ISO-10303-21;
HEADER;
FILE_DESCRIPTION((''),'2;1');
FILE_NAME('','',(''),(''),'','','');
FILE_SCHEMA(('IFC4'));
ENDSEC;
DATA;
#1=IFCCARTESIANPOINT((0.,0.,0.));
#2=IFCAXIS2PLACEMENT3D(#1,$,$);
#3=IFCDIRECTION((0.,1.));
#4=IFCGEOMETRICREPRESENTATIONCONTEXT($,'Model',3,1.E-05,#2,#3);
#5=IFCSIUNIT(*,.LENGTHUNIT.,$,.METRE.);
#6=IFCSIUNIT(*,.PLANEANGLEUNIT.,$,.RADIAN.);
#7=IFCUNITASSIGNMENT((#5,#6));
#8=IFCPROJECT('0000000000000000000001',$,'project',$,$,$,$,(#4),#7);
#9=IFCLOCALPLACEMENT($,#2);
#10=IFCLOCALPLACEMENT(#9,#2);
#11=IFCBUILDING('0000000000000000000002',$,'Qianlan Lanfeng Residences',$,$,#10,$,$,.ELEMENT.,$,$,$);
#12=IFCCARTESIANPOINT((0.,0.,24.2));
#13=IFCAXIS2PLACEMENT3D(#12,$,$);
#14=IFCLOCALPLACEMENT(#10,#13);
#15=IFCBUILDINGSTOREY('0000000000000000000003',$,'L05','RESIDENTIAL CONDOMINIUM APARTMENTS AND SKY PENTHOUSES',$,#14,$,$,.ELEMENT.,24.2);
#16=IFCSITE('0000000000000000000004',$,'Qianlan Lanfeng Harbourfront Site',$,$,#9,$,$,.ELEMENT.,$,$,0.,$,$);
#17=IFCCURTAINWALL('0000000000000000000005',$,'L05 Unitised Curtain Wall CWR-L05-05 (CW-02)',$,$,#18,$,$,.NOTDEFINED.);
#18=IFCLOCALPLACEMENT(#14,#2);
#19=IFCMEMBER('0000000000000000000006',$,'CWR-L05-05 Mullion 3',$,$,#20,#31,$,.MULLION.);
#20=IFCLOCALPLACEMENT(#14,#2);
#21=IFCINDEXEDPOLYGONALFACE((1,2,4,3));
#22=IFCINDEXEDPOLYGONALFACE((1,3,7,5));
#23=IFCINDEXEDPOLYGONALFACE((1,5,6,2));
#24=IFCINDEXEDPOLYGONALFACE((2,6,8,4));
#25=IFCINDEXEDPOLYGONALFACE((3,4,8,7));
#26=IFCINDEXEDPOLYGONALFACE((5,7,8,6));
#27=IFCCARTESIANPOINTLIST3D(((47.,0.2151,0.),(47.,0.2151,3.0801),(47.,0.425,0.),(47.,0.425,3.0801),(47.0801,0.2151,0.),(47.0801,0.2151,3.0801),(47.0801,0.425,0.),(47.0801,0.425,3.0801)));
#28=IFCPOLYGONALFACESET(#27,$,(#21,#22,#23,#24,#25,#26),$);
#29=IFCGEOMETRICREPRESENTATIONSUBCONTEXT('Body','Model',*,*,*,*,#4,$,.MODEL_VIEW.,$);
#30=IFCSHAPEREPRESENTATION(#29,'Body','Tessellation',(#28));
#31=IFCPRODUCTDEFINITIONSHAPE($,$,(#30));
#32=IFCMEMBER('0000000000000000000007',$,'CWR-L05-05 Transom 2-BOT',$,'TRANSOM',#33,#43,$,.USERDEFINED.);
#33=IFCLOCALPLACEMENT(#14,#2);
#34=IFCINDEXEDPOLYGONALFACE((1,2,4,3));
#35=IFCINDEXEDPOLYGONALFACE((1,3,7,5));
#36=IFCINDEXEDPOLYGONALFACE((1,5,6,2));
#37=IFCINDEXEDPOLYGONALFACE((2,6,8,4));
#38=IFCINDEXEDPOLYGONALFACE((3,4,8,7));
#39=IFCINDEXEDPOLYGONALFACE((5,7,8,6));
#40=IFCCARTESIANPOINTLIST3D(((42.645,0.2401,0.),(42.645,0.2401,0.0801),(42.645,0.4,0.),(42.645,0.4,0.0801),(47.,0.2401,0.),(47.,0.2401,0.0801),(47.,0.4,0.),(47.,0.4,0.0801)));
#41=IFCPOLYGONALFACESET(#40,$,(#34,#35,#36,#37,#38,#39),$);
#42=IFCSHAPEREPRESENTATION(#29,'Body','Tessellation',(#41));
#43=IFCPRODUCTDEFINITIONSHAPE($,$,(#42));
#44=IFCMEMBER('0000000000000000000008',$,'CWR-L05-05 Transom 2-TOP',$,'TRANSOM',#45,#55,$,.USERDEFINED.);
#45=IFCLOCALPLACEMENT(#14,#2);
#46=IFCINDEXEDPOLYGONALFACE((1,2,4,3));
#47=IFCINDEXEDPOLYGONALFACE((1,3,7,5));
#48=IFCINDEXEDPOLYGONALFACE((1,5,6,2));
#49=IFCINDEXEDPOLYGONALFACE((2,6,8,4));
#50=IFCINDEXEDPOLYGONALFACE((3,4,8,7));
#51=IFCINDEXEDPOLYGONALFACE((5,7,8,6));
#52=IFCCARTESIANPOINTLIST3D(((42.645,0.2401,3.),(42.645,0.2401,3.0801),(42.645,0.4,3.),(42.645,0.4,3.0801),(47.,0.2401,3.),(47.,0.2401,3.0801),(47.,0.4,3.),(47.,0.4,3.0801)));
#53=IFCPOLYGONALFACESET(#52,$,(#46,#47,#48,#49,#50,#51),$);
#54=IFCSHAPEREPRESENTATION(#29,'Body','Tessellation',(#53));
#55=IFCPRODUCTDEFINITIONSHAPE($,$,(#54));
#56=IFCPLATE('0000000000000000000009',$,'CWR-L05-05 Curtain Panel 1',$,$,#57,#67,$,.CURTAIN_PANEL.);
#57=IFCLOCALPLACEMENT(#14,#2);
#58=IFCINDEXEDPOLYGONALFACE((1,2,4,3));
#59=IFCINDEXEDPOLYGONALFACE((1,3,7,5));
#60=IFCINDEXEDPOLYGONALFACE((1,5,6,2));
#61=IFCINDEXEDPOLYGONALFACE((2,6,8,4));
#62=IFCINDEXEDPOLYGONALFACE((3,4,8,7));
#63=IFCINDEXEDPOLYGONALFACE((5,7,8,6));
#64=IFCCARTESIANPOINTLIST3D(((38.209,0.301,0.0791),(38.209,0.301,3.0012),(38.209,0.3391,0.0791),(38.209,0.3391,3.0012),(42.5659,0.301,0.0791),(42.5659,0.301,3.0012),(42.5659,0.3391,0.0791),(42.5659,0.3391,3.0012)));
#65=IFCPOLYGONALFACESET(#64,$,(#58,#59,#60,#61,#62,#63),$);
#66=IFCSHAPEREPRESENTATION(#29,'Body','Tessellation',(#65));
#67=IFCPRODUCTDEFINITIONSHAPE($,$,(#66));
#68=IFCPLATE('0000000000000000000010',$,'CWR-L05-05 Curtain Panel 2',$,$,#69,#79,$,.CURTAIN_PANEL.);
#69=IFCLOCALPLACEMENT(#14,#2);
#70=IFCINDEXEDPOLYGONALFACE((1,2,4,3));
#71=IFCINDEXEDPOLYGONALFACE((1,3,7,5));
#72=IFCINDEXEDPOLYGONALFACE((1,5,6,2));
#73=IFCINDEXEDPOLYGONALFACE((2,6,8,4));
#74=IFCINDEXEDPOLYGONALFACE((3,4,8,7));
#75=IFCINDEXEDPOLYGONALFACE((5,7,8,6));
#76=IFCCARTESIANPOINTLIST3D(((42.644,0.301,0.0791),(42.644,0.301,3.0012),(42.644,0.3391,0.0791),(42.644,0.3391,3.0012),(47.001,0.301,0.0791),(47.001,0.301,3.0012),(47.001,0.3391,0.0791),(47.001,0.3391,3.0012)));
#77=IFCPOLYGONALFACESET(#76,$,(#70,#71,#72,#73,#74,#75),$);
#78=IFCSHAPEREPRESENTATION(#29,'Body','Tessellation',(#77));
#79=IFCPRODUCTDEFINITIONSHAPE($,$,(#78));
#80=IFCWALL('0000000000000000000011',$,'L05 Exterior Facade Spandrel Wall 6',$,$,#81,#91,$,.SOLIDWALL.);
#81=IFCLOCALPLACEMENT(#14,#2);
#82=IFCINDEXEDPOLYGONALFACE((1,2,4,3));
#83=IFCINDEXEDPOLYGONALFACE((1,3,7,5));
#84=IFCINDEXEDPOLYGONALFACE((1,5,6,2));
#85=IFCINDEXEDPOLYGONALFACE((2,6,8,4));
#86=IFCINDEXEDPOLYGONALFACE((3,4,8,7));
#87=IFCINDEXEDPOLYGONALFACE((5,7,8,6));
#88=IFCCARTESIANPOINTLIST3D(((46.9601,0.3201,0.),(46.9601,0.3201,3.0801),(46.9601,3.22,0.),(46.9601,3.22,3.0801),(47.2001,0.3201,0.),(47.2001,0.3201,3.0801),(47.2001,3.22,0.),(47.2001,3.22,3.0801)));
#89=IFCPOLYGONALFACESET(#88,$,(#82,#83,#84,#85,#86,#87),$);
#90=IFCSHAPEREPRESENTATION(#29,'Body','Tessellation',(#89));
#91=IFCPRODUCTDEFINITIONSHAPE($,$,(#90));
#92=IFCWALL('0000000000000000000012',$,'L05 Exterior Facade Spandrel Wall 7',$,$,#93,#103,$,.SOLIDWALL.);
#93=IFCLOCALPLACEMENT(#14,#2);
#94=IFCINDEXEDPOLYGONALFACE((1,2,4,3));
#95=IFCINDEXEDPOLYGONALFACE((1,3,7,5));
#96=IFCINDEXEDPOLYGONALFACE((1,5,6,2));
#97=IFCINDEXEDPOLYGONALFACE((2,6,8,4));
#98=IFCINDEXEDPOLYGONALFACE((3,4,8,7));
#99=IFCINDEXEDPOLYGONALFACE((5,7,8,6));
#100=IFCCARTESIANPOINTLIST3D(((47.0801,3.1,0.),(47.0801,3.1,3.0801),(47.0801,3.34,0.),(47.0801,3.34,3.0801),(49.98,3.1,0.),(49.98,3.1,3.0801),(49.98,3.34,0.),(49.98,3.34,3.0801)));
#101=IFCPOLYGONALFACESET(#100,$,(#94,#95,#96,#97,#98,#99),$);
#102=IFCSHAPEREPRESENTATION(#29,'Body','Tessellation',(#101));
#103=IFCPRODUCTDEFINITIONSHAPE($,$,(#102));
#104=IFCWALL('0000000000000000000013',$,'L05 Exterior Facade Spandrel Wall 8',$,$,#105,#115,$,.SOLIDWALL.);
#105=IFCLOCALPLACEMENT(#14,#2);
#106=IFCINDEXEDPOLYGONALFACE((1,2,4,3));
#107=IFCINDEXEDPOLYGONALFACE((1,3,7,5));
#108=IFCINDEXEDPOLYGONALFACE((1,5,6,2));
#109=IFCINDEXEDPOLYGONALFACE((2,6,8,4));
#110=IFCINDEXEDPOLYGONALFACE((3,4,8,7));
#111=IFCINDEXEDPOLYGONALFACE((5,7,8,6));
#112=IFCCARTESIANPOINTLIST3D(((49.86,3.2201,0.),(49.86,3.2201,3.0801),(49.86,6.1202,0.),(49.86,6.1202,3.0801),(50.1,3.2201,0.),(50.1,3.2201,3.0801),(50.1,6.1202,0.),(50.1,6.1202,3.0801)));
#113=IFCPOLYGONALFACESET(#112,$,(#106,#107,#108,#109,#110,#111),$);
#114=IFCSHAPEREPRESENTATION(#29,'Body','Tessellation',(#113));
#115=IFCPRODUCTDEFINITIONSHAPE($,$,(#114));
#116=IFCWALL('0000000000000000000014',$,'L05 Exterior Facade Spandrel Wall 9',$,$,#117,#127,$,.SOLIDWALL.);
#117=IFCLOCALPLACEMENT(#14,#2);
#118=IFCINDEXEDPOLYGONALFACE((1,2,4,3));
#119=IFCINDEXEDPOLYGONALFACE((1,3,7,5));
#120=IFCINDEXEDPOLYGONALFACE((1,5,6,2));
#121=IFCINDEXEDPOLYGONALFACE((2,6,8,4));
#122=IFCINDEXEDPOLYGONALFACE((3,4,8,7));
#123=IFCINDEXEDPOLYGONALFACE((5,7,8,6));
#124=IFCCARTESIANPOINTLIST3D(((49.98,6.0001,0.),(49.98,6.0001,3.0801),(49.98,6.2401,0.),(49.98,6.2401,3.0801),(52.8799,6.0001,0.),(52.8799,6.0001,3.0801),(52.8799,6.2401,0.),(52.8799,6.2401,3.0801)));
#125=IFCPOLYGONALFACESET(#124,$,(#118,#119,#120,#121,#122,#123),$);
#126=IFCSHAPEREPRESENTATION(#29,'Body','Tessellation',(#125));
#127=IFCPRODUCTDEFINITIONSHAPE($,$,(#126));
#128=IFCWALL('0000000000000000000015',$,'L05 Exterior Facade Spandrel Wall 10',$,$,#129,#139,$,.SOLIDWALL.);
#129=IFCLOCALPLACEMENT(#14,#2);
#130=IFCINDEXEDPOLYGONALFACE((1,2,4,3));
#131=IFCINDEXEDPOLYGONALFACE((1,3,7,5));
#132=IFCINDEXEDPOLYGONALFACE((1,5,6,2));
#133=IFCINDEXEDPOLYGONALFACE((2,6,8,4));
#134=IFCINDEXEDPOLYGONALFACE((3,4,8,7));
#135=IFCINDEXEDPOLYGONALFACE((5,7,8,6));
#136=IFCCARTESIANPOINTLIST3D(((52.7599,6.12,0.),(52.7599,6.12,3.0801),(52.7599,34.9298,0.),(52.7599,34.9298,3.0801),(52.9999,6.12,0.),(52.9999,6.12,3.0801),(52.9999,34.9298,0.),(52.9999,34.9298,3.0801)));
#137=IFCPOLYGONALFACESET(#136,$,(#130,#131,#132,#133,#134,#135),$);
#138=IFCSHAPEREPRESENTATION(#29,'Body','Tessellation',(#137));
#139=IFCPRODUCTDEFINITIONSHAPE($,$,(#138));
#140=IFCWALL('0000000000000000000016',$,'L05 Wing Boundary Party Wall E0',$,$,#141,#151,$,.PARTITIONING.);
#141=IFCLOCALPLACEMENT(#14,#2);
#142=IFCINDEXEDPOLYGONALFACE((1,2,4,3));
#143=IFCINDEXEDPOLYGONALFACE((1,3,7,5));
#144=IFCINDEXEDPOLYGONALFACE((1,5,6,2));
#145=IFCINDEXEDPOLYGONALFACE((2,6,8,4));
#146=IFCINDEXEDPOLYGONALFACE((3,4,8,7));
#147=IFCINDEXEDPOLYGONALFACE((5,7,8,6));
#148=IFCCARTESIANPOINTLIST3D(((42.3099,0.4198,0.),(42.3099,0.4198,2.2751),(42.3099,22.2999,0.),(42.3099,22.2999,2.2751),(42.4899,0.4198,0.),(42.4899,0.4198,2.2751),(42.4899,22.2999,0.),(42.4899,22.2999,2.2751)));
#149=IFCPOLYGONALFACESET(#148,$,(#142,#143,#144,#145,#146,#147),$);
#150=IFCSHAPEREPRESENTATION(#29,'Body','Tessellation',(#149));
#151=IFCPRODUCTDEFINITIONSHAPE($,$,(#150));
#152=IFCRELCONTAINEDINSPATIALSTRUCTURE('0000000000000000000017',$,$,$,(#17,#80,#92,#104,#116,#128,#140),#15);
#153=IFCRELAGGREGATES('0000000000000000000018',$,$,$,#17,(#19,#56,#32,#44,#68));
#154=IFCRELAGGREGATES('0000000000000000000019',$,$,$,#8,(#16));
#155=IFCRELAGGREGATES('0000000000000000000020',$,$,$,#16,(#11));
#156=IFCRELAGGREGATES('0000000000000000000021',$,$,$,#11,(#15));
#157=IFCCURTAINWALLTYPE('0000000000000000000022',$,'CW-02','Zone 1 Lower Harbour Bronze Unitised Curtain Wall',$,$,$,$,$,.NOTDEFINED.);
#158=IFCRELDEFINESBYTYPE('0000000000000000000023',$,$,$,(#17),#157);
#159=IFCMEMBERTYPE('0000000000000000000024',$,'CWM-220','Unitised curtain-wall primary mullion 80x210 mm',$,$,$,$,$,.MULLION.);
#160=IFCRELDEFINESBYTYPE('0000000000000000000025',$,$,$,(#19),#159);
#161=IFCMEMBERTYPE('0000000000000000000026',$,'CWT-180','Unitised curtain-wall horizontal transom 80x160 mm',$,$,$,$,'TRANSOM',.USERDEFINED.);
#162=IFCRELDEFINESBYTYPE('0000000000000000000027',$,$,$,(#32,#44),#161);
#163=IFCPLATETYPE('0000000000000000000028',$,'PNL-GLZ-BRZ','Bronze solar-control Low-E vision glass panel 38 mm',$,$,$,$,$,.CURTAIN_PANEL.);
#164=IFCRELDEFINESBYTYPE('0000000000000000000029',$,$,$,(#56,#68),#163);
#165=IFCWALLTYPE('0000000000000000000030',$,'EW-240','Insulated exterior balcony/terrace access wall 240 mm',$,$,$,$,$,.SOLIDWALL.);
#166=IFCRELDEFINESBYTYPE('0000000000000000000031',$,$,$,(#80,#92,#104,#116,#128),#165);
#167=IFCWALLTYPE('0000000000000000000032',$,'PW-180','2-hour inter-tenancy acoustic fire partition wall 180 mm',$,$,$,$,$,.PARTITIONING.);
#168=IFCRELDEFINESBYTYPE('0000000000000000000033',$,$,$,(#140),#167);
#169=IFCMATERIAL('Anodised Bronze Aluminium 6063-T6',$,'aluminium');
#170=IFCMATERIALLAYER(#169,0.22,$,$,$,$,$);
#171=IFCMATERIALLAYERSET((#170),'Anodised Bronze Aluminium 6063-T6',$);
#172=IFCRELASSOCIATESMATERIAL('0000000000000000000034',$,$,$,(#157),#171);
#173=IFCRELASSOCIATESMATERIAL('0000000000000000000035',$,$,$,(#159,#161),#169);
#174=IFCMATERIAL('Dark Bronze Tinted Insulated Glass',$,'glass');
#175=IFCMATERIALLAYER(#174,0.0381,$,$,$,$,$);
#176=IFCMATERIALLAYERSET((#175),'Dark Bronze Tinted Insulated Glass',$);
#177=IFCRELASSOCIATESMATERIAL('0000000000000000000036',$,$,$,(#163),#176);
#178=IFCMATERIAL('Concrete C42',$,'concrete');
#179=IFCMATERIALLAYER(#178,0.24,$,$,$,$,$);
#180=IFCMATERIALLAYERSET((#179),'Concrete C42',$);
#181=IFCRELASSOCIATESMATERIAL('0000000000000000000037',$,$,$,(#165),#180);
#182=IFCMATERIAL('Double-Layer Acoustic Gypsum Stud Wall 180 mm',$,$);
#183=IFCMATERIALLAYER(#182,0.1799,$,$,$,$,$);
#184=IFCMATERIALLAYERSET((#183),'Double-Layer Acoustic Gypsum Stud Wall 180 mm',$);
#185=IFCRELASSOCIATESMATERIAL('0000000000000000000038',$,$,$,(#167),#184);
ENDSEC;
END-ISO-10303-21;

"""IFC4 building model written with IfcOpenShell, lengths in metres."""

from ifc_helpers import new_model, si_unit, direction, frame, frame_2d, origin, origin_2d, place, context, subcontext, project, spatial, rectangle, extrude, source, transform, mapped, material, layer, layer_set, material_profile, profile_set, type_object, element, aggregate, save


model = new_model("IFC4")

# Units and contexts
model_context = context("Model", 3, precision=1e-05, world=origin(), true_north=direction((0.0, 1.0)))
body_context = subcontext(model_context, "Body", "Model", "MODEL_VIEW")
ifc_project = project(units=[si_unit("LENGTHUNIT", "METRE"), si_unit("PLANEANGLEUNIT", "RADIAN")], contexts=[model_context])

# Site, building, storey
site_placement = place(None, origin())
site = spatial("IfcSite", under=ifc_project, at=site_placement, Name="Qianlan Lanfeng Harbourfront Site", CompositionType="ELEMENT", RefElevation=0.0)
building_placement = place(site_placement, origin())
building = spatial("IfcBuilding", under=site, at=building_placement, Name="Qianlan Lanfeng Residences", CompositionType="ELEMENT")
storey_placement = place(building_placement, frame((0.0, 0.0, 24.2)))
storey = spatial("IfcBuildingStorey", under=building, at=storey_placement, Name="L05", Description="RESIDENTIAL CONDOMINIUM APARTMENTS AND SKY PENTHOUSES", CompositionType="ELEMENT", Elevation=24.2)

# Curtain wall, members, plates
ifc_material_1 = material(Name="Anodised Bronze Aluminium 6063-T6", Category="aluminium")
ifc_layer_1 = layer(ifc_material_1, 0.22)
ifc_layer_set_1 = layer_set([ifc_layer_1], Name="Anodised Bronze Aluminium 6063-T6")
curtain_wall_type = type_object("IfcCurtainWallType", Name="CW-02", Description="Zone 1 Lower Harbour Bronze Unitised Curtain Wall", PredefinedType="NOTDEFINED", material=ifc_layer_set_1)
curtain_wall_placement = place(storey_placement, origin())
curtain_wall = element("IfcCurtainWall", 1, at=curtain_wall_placement, inside=storey, type_object=curtain_wall_type, Name="L05 Unitised Curtain Wall CWR-L05-05 (CW-02)", PredefinedType="NOTDEFINED")
ifc_material_profile_1 = material_profile(ifc_material_1, rectangle(XDim=0.0801, YDim=0.21, at=origin_2d()), Name="ALU MULLION 80x210")
ifc_profile_set_1 = profile_set([ifc_material_profile_1], Name="Anodised Bronze Aluminium 6063-T6")
member_type_1 = type_object("IfcMemberType", Name="CWM-220", Description="Unitised curtain-wall primary mullion 80x210 mm", PredefinedType="MULLION", material=ifc_profile_set_1)
shared_shape_1 = source(origin(), body_context, "Body", "SweptSolid", [
    extrude(rectangle(XDim=0.0801, YDim=0.21, at=origin_2d()), origin(), (0.0, 0.0, 1.0), 3.0801),
])
member_1_placement = place(storey_placement, frame((47.04, 0.3201, 0.0), z_axis=(0.0, 0.0, 1.0), x_axis=(1.0, 0.0, 0.0)))
member_1 = element("IfcMember", 2, at=member_1_placement, type_object=member_type_1, Name="CWR-L05-05 Mullion 3", PredefinedType="MULLION", context=body_context, shape_type="MappedRepresentation", body=[
    mapped(shared_shape_1, transform((0.0, 0.0, 0.0), scale=1.0)),
])
ifc_material_profile_2 = material_profile(ifc_material_1, rectangle(XDim=0.0801, YDim=0.1599, at=origin_2d()), Name="ALU TRANSOM 80x160")
ifc_profile_set_2 = profile_set([ifc_material_profile_2], Name="Anodised Bronze Aluminium 6063-T6")
member_type_2 = type_object("IfcMemberType", Name="CWT-180", Description="Unitised curtain-wall horizontal transom 80x160 mm", ElementType="TRANSOM", PredefinedType="USERDEFINED", material=ifc_profile_set_2)
shared_shape_2 = source(origin(), body_context, "Body", "SweptSolid", [
    extrude(rectangle(XDim=0.0801, YDim=0.1599, at=origin_2d()), origin(), (0.0, 0.0, 1.0), 4.355),
])
member_2_placement = place(storey_placement, frame((42.645, 0.3201, 0.04), z_axis=(1.0, 0.0, 0.0), x_axis=(0.0, 0.0, 1.0)))
member_2 = element("IfcMember", 3, at=member_2_placement, type_object=member_type_2, Name="CWR-L05-05 Transom 2-BOT", ObjectType="TRANSOM", PredefinedType="USERDEFINED", context=body_context, shape_type="MappedRepresentation", body=[
    mapped(shared_shape_2, transform((0.0, 0.0, 0.0), scale=1.0)),
])
member_3_placement = place(storey_placement, frame((42.645, 0.3201, 3.04), z_axis=(1.0, 0.0, 0.0), x_axis=(0.0, 0.0, 1.0)))
member_3 = element("IfcMember", 4, at=member_3_placement, type_object=member_type_2, Name="CWR-L05-05 Transom 2-TOP", ObjectType="TRANSOM", PredefinedType="USERDEFINED", context=body_context, shape_type="MappedRepresentation", body=[
    mapped(shared_shape_2, transform((0.0, 0.0, 0.0), scale=1.0)),
])
ifc_material_2 = material(Name="Dark Bronze Tinted Insulated Glass", Category="glass")
ifc_layer_2 = layer(ifc_material_2, 0.0381)
ifc_layer_set_2 = layer_set([ifc_layer_2], Name="Dark Bronze Tinted Insulated Glass")
plate_type = type_object("IfcPlateType", Name="PNL-GLZ-BRZ", Description="Bronze solar-control Low-E vision glass panel 38 mm", PredefinedType="CURTAIN_PANEL", material=ifc_layer_set_2)
shared_shape_3 = source(origin(), body_context, "Body", "SweptSolid", [
    extrude(rectangle(XDim=4.3569, YDim=0.0381, at=origin_2d()), origin(), (0.0, 0.0, 1.0), 2.9221),
])
plate_1_placement = place(storey_placement, frame((40.3875, 0.3201, 0.0791), z_axis=(0.0, 0.0, 1.0), x_axis=(1.0, 0.0, 0.0)))
plate_1 = element("IfcPlate", 5, at=plate_1_placement, type_object=plate_type, Name="CWR-L05-05 Curtain Panel 1", PredefinedType="CURTAIN_PANEL", context=body_context, shape_type="MappedRepresentation", body=[
    mapped(shared_shape_3, transform((0.0, 0.0, 0.0), scale=1.0)),
])
plate_2_placement = place(storey_placement, frame((44.8225, 0.3201, 0.0791), z_axis=(0.0, 0.0, 1.0), x_axis=(1.0, 0.0, 0.0)))
plate_2 = element("IfcPlate", 6, at=plate_2_placement, type_object=plate_type, Name="CWR-L05-05 Curtain Panel 2", PredefinedType="CURTAIN_PANEL", context=body_context, shape_type="MappedRepresentation", body=[
    mapped(shared_shape_3, transform((0.0, 0.0, 0.0), scale=1.0)),
])
aggregate(curtain_wall, [member_1, plate_1, member_2, member_3, plate_2])

# Walls
ifc_material_3 = material(Name="Concrete C42", Category="concrete")
ifc_layer_3 = layer(ifc_material_3, 0.24)
ifc_layer_set_3 = layer_set([ifc_layer_3], Name="Concrete C42")
wall_type_1 = type_object("IfcWallType", Name="EW-240", Description="Insulated exterior balcony/terrace access wall 240 mm", PredefinedType="SOLIDWALL", material=ifc_layer_set_3)
for number, where, z_axis, x_axis, name in (
    (7, (47.0801, 0.3201, 0.0), (0.0, 0.0, 1.0), (0.0, 1.0, 0.0), "L05 Exterior Facade Spandrel Wall 6"),
    (8, (47.0801, 3.22, 0.0), (0.0, 0.0, 1.0), (1.0, 0.0, 0.0), "L05 Exterior Facade Spandrel Wall 7"),
):
    element("IfcWall", number, at=place(storey_placement, frame(where, z_axis=z_axis, x_axis=x_axis)), inside=storey, type_object=wall_type_1, Name=name, PredefinedType="SOLIDWALL", context=body_context, shape_type="SweptSolid", body=[
        extrude(rectangle(XDim=2.8999, YDim=0.24, at=frame_2d((1.45, 0.0))), origin(), (0.0, 0.0, 1.0), 3.0801),
    ])
wall_1_placement = place(storey_placement, frame((49.98, 3.22, 0.0), z_axis=(0.0, 0.0, 1.0), x_axis=(0.0, 1.0, 0.0)))
element("IfcWall", 9, at=wall_1_placement, inside=storey, type_object=wall_type_1, Name="L05 Exterior Facade Spandrel Wall 8", PredefinedType="SOLIDWALL", context=body_context, shape_type="SweptSolid", body=[
    extrude(rectangle(XDim=2.9001, YDim=0.24, at=frame_2d((1.4502, 0.0))), origin(), (0.0, 0.0, 1.0), 3.0801),
])
wall_2_placement = place(storey_placement, frame((49.98, 6.1201, 0.0), z_axis=(0.0, 0.0, 1.0), x_axis=(1.0, 0.0, 0.0)))
element("IfcWall", 10, at=wall_2_placement, inside=storey, type_object=wall_type_1, Name="L05 Exterior Facade Spandrel Wall 9", PredefinedType="SOLIDWALL", context=body_context, shape_type="SweptSolid", body=[
    extrude(rectangle(XDim=2.8999, YDim=0.24, at=frame_2d((1.45, 0.0))), origin(), (0.0, 0.0, 1.0), 3.0801),
])
wall_3_placement = place(storey_placement, frame((52.8799, 6.1201, 0.0), z_axis=(0.0, 0.0, 1.0), x_axis=(0.0, 1.0, 0.0)))
element("IfcWall", 11, at=wall_3_placement, inside=storey, type_object=wall_type_1, Name="L05 Exterior Facade Spandrel Wall 10", PredefinedType="SOLIDWALL", context=body_context, shape_type="SweptSolid", body=[
    extrude(rectangle(XDim=28.8098, YDim=0.24, at=frame_2d((14.4048, 0.0))), origin(), (0.0, 0.0, 1.0), 3.0801),
])

# Wall
ifc_material_4 = material(Name="Double-Layer Acoustic Gypsum Stud Wall 180 mm")
ifc_layer_4 = layer(ifc_material_4, 0.1799)
ifc_layer_set_4 = layer_set([ifc_layer_4], Name="Double-Layer Acoustic Gypsum Stud Wall 180 mm")
wall_type_2 = type_object("IfcWallType", Name="PW-180", Description="2-hour inter-tenancy acoustic fire partition wall 180 mm", PredefinedType="PARTITIONING", material=ifc_layer_set_4)
wall_4_placement = place(storey_placement, frame((42.3999, 0.4199, 0.0), z_axis=(0.0, 0.0, 1.0), x_axis=(0.0, 1.0, 0.0)))
element("IfcWall", 12, at=wall_4_placement, inside=storey, type_object=wall_type_2, Name="L05 Wing Boundary Party Wall E0", PredefinedType="PARTITIONING", context=body_context, shape_type="SweptSolid", body=[
    extrude(rectangle(XDim=21.8801, YDim=0.1799, at=frame_2d((10.9399, 0.0))), origin(), (0.0, 0.0, 1.0), 2.2751),
])

save(model, "model.ifc")
